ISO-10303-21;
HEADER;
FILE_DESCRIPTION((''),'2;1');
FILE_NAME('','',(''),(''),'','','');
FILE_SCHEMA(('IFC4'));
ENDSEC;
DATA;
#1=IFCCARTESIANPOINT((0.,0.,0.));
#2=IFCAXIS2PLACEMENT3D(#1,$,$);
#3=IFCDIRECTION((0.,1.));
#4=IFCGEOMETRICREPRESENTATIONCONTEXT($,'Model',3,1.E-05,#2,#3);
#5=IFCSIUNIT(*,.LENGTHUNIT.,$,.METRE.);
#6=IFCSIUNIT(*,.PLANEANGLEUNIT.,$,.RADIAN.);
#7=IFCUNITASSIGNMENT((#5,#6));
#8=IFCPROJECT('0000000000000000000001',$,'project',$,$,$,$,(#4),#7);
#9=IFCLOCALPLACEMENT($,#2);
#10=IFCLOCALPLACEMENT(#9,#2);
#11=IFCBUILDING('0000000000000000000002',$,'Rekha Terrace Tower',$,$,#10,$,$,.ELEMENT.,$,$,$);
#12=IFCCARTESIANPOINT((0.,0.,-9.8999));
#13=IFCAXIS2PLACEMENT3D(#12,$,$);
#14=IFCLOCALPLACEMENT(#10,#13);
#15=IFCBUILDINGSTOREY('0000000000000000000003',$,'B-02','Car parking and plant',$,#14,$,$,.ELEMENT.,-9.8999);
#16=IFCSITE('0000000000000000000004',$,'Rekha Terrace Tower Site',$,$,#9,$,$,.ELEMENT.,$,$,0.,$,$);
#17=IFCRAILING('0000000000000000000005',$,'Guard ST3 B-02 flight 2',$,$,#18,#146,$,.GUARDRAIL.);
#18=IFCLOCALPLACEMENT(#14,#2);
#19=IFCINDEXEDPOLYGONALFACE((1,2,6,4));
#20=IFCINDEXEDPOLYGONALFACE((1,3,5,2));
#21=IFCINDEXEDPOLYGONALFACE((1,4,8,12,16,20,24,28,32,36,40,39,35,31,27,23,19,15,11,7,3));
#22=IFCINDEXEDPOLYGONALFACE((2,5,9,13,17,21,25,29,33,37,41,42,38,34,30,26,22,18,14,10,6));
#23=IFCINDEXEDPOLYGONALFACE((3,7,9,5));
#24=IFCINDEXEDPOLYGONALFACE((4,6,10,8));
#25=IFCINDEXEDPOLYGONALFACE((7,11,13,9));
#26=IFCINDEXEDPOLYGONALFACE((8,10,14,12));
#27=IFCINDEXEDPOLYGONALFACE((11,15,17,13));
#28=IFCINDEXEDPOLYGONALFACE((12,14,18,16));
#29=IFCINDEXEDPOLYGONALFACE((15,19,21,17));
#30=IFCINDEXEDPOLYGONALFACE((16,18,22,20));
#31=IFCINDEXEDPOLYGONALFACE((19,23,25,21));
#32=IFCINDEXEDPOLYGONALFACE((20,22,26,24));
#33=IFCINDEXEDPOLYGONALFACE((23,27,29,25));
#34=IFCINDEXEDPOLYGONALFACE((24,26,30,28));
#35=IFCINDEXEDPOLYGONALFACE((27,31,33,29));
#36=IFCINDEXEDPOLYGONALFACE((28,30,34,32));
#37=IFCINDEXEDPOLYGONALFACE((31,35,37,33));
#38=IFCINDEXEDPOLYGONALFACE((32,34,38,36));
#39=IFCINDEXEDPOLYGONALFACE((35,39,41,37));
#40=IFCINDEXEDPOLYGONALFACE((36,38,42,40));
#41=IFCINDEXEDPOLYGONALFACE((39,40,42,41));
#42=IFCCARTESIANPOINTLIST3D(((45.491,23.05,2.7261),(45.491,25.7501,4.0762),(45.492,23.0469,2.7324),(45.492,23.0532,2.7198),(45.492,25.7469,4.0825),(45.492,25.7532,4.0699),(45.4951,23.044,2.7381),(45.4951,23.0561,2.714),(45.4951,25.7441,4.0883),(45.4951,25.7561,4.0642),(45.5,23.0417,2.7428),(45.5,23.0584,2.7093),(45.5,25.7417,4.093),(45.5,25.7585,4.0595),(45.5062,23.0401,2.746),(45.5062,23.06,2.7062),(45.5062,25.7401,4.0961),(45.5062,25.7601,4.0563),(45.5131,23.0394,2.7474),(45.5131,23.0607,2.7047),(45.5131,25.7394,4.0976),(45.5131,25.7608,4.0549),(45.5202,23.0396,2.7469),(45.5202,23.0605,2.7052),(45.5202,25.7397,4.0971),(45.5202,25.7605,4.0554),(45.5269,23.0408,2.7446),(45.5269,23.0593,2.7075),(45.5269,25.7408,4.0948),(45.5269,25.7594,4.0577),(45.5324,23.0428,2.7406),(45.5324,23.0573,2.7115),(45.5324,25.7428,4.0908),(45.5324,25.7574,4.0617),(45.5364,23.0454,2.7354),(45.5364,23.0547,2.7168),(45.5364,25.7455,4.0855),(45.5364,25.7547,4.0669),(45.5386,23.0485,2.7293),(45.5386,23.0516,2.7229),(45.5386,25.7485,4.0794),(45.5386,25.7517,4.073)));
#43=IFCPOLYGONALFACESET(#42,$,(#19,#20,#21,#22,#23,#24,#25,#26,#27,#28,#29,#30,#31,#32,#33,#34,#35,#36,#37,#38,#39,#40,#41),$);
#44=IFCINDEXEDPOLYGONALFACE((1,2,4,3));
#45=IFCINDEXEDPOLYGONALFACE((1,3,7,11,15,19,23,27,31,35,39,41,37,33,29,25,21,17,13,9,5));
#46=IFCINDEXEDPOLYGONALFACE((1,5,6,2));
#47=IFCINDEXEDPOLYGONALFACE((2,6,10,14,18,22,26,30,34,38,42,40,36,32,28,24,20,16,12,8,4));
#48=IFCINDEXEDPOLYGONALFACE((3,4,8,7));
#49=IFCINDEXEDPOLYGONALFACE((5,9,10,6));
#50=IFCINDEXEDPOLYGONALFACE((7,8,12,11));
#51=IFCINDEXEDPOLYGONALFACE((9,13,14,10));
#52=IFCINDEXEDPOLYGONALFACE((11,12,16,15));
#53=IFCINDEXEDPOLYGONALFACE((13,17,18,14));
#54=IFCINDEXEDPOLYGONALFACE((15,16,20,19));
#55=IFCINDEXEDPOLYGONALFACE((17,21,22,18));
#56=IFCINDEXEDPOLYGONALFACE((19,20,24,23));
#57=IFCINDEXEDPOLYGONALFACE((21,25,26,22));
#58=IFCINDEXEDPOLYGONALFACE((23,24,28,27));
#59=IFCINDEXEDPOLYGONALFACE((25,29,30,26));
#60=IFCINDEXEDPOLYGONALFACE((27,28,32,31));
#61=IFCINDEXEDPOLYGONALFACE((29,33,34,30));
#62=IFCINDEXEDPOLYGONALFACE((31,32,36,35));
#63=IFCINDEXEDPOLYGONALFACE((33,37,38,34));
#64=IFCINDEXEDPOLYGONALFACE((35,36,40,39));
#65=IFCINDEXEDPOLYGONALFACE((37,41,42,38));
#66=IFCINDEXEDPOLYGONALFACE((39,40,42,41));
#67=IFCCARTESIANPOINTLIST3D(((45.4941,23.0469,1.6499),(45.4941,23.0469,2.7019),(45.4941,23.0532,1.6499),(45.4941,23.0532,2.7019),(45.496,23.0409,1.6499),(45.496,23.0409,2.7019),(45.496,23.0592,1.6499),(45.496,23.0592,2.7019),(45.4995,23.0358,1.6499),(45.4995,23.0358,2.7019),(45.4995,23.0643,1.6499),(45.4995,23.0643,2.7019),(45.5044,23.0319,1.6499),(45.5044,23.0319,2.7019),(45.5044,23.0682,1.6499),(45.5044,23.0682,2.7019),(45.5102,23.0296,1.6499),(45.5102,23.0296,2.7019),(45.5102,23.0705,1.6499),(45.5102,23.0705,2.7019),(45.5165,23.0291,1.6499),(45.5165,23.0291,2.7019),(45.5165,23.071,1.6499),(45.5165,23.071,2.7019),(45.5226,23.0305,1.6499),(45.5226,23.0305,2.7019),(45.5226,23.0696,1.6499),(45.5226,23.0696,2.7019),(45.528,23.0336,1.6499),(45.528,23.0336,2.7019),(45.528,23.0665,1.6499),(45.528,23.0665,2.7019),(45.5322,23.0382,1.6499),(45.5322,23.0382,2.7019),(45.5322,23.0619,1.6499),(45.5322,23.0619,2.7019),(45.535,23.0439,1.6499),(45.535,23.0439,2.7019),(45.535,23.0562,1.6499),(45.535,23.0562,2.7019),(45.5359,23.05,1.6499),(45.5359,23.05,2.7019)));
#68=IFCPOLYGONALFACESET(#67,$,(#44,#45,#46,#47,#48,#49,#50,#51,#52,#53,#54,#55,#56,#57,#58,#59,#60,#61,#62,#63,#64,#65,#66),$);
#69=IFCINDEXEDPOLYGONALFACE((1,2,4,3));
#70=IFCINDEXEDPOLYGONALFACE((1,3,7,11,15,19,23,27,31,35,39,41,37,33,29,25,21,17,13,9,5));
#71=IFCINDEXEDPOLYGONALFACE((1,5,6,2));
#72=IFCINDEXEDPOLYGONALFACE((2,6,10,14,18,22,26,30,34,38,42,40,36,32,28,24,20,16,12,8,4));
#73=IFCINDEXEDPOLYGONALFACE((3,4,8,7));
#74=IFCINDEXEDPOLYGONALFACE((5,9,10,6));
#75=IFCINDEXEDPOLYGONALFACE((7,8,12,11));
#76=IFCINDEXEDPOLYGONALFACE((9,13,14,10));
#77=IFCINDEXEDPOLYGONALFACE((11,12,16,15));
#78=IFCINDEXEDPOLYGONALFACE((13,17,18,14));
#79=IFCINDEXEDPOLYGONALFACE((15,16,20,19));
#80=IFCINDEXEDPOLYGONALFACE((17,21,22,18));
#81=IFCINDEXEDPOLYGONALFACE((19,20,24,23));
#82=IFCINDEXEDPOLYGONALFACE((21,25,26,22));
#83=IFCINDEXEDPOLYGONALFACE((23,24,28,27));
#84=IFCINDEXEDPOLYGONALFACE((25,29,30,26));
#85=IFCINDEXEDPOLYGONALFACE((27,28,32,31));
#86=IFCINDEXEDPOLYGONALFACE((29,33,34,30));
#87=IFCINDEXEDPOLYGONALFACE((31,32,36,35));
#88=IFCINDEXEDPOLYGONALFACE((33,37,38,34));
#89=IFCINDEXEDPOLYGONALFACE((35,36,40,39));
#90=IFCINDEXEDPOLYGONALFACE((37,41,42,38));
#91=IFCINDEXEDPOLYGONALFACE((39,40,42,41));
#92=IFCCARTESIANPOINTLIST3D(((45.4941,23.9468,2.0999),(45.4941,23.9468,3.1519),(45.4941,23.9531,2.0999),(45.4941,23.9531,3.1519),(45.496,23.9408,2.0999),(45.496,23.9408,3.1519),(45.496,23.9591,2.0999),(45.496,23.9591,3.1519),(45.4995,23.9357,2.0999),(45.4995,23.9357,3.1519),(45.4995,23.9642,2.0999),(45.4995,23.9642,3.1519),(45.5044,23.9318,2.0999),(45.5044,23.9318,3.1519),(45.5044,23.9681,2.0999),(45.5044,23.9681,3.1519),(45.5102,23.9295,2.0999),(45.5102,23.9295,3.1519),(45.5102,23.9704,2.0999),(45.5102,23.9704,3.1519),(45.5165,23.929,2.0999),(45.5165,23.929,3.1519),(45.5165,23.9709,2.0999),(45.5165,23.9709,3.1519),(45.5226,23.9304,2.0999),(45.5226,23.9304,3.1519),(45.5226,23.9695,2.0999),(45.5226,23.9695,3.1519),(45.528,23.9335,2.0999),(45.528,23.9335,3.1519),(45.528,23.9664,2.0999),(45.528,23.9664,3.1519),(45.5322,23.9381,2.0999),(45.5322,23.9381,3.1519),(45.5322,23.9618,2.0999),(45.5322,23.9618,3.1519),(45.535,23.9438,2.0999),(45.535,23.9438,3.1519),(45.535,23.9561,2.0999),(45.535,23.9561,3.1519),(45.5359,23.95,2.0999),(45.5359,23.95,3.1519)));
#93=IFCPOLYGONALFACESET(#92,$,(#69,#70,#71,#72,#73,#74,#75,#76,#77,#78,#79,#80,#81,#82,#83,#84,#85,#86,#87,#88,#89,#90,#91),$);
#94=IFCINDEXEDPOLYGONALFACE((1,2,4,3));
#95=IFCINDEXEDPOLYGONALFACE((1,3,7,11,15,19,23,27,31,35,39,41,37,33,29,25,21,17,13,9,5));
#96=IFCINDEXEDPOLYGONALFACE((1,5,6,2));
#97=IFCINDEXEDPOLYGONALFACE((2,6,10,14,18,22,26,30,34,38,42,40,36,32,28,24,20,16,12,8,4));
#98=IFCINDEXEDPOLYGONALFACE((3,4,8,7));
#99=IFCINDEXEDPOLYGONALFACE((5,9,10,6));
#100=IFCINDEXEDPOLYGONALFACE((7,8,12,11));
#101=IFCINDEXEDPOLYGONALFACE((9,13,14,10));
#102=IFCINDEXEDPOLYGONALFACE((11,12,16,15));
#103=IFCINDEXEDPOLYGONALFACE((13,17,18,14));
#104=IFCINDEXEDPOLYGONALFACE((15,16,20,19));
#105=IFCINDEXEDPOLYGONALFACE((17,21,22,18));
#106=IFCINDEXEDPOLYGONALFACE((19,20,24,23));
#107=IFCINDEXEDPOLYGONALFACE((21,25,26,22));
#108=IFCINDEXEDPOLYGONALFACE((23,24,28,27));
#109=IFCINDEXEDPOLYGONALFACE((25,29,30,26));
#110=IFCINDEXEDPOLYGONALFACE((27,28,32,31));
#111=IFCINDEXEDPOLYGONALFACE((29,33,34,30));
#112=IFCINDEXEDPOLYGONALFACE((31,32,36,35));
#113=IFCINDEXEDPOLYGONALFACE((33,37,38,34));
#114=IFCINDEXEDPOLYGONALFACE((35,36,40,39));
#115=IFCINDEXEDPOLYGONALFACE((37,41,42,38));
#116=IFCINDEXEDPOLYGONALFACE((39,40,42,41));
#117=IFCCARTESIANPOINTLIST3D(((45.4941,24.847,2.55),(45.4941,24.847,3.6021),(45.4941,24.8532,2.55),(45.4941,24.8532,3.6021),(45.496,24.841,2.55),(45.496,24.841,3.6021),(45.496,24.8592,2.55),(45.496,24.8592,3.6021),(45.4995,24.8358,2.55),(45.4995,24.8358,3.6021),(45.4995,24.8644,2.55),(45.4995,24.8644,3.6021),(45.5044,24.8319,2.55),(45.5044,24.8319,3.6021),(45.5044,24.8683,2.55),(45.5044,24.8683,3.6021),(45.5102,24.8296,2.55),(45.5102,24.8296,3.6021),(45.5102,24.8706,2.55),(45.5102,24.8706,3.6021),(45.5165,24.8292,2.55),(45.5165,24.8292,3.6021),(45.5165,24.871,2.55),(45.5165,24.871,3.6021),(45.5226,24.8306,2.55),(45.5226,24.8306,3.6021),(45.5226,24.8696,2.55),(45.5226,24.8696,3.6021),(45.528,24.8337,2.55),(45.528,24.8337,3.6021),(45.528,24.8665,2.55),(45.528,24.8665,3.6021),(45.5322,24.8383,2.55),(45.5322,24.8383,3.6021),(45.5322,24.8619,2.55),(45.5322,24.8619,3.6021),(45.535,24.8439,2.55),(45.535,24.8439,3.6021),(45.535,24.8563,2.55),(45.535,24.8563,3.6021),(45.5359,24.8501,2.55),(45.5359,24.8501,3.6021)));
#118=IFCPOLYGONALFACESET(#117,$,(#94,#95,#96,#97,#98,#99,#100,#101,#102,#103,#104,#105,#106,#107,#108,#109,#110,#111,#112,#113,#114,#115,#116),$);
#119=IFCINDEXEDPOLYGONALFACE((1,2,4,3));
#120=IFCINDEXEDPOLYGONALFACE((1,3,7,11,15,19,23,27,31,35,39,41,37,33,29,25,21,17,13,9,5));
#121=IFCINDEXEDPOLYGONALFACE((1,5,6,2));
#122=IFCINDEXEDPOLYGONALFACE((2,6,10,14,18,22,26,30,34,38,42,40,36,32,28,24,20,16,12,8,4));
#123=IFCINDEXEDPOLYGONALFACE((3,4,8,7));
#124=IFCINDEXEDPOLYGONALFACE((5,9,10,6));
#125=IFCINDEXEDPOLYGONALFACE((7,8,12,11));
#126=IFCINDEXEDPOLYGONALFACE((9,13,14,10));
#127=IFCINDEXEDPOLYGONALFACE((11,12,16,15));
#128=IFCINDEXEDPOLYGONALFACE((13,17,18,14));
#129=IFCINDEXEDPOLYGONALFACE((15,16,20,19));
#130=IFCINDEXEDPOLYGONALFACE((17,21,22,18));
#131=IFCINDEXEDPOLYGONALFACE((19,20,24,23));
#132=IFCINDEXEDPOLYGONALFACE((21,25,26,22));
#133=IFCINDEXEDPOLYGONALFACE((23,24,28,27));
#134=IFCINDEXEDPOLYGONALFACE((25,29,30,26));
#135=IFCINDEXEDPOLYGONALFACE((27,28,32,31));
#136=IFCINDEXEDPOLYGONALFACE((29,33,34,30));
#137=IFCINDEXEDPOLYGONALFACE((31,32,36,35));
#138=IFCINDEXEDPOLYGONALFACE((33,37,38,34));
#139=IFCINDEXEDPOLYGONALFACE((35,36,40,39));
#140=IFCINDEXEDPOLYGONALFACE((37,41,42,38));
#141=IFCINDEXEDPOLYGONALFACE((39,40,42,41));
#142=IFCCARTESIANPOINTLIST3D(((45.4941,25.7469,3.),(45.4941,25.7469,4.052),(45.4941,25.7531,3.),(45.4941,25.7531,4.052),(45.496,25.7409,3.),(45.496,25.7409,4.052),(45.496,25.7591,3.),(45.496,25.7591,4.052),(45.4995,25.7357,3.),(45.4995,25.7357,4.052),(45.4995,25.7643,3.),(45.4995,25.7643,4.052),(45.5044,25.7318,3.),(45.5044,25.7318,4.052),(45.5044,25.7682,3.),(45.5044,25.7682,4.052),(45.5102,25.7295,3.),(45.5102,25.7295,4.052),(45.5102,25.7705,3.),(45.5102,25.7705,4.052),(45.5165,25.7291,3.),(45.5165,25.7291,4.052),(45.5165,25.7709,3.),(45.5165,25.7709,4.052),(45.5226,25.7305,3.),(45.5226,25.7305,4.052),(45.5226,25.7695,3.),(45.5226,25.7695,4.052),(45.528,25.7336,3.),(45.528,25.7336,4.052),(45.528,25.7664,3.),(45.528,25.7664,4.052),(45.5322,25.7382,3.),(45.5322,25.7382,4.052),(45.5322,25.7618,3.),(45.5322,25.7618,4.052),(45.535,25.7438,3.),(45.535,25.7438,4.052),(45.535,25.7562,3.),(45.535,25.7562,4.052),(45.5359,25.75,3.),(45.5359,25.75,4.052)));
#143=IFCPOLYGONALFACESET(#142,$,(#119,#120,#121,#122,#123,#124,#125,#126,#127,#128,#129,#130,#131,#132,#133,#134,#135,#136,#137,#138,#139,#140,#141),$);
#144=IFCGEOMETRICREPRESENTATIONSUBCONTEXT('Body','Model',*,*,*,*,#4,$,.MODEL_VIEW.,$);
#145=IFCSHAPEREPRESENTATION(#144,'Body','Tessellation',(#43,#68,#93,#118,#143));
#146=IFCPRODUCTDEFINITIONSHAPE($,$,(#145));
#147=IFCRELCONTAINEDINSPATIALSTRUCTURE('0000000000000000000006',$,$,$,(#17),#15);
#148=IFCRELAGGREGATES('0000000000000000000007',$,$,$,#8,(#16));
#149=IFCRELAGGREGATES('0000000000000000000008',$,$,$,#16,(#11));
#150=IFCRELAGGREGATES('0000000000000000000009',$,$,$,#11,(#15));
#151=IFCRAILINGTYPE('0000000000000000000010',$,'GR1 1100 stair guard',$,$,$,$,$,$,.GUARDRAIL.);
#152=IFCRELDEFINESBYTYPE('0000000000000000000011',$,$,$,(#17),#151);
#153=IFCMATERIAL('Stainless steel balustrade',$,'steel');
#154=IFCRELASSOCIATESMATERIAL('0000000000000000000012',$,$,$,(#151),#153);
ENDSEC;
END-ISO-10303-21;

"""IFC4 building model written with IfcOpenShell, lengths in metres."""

from ifc_helpers import new_model, si_unit, direction, frame, origin, origin_2d, place, context, subcontext, project, spatial, circle, extrude, material, type_object, element, save


model = new_model("IFC4")

# Units and contexts
model_context = context("Model", 3, precision=1e-05, world=origin(), true_north=direction((0.0, 1.0)))
body_context = subcontext(model_context, "Body", "Model", "MODEL_VIEW")
ifc_project = project(units=[si_unit("LENGTHUNIT", "METRE"), si_unit("PLANEANGLEUNIT", "RADIAN")], contexts=[model_context])

# Site, building, storey
site_placement = place(None, origin())
site = spatial("IfcSite", under=ifc_project, at=site_placement, Name="Rekha Terrace Tower Site", CompositionType="ELEMENT", RefElevation=0.0)
building_placement = place(site_placement, origin())
building = spatial("IfcBuilding", under=site, at=building_placement, Name="Rekha Terrace Tower", CompositionType="ELEMENT")
storey_placement = place(building_placement, frame((0.0, 0.0, -9.8999)))
storey = spatial("IfcBuildingStorey", under=building, at=storey_placement, Name="B-02", Description="Car parking and plant", CompositionType="ELEMENT", Elevation=-9.8999)

# Railing
ifc_material_1 = material(Name="Stainless steel balustrade", Category="steel")
railing_type_1 = type_object("IfcRailingType", Name="GR1 1100 stair guard", PredefinedType="GUARDRAIL", material=ifc_material_1)
railing_1_placement = place(storey_placement, frame((45.5149, 23.05, 1.6499)))
element("IfcRailing", 1, at=railing_1_placement, inside=storey, type_object=railing_type_1, Name="Guard ST3 B-02 flight 2", PredefinedType="GUARDRAIL", context=body_context, shape_type="SweptSolid", body=[
    extrude(circle(Radius=0.0239, at=origin_2d()), frame((0.0, 0.0, 1.0762), z_axis=(0.0, 0.894411, 0.447246), x_axis=(-1.0, 0.0, 0.0)), (0.0, 0.0, 1.0), 3.0188),
    extrude(circle(Radius=0.021, at=origin_2d()), origin(), (0.0, 0.0, 1.0), 1.052),
    extrude(circle(Radius=0.021, at=origin_2d()), frame((0.0, 0.8999, 0.45)), (0.0, 0.0, 1.0), 1.052),
    extrude(circle(Radius=0.021, at=origin_2d()), frame((0.0, 1.8, 0.9001)), (0.0, 0.0, 1.0), 1.052),
    extrude(circle(Radius=0.021, at=origin_2d()), frame((0.0, 2.7, 1.3501)), (0.0, 0.0, 1.0), 1.052),
])

save(model, "model.ifc")
